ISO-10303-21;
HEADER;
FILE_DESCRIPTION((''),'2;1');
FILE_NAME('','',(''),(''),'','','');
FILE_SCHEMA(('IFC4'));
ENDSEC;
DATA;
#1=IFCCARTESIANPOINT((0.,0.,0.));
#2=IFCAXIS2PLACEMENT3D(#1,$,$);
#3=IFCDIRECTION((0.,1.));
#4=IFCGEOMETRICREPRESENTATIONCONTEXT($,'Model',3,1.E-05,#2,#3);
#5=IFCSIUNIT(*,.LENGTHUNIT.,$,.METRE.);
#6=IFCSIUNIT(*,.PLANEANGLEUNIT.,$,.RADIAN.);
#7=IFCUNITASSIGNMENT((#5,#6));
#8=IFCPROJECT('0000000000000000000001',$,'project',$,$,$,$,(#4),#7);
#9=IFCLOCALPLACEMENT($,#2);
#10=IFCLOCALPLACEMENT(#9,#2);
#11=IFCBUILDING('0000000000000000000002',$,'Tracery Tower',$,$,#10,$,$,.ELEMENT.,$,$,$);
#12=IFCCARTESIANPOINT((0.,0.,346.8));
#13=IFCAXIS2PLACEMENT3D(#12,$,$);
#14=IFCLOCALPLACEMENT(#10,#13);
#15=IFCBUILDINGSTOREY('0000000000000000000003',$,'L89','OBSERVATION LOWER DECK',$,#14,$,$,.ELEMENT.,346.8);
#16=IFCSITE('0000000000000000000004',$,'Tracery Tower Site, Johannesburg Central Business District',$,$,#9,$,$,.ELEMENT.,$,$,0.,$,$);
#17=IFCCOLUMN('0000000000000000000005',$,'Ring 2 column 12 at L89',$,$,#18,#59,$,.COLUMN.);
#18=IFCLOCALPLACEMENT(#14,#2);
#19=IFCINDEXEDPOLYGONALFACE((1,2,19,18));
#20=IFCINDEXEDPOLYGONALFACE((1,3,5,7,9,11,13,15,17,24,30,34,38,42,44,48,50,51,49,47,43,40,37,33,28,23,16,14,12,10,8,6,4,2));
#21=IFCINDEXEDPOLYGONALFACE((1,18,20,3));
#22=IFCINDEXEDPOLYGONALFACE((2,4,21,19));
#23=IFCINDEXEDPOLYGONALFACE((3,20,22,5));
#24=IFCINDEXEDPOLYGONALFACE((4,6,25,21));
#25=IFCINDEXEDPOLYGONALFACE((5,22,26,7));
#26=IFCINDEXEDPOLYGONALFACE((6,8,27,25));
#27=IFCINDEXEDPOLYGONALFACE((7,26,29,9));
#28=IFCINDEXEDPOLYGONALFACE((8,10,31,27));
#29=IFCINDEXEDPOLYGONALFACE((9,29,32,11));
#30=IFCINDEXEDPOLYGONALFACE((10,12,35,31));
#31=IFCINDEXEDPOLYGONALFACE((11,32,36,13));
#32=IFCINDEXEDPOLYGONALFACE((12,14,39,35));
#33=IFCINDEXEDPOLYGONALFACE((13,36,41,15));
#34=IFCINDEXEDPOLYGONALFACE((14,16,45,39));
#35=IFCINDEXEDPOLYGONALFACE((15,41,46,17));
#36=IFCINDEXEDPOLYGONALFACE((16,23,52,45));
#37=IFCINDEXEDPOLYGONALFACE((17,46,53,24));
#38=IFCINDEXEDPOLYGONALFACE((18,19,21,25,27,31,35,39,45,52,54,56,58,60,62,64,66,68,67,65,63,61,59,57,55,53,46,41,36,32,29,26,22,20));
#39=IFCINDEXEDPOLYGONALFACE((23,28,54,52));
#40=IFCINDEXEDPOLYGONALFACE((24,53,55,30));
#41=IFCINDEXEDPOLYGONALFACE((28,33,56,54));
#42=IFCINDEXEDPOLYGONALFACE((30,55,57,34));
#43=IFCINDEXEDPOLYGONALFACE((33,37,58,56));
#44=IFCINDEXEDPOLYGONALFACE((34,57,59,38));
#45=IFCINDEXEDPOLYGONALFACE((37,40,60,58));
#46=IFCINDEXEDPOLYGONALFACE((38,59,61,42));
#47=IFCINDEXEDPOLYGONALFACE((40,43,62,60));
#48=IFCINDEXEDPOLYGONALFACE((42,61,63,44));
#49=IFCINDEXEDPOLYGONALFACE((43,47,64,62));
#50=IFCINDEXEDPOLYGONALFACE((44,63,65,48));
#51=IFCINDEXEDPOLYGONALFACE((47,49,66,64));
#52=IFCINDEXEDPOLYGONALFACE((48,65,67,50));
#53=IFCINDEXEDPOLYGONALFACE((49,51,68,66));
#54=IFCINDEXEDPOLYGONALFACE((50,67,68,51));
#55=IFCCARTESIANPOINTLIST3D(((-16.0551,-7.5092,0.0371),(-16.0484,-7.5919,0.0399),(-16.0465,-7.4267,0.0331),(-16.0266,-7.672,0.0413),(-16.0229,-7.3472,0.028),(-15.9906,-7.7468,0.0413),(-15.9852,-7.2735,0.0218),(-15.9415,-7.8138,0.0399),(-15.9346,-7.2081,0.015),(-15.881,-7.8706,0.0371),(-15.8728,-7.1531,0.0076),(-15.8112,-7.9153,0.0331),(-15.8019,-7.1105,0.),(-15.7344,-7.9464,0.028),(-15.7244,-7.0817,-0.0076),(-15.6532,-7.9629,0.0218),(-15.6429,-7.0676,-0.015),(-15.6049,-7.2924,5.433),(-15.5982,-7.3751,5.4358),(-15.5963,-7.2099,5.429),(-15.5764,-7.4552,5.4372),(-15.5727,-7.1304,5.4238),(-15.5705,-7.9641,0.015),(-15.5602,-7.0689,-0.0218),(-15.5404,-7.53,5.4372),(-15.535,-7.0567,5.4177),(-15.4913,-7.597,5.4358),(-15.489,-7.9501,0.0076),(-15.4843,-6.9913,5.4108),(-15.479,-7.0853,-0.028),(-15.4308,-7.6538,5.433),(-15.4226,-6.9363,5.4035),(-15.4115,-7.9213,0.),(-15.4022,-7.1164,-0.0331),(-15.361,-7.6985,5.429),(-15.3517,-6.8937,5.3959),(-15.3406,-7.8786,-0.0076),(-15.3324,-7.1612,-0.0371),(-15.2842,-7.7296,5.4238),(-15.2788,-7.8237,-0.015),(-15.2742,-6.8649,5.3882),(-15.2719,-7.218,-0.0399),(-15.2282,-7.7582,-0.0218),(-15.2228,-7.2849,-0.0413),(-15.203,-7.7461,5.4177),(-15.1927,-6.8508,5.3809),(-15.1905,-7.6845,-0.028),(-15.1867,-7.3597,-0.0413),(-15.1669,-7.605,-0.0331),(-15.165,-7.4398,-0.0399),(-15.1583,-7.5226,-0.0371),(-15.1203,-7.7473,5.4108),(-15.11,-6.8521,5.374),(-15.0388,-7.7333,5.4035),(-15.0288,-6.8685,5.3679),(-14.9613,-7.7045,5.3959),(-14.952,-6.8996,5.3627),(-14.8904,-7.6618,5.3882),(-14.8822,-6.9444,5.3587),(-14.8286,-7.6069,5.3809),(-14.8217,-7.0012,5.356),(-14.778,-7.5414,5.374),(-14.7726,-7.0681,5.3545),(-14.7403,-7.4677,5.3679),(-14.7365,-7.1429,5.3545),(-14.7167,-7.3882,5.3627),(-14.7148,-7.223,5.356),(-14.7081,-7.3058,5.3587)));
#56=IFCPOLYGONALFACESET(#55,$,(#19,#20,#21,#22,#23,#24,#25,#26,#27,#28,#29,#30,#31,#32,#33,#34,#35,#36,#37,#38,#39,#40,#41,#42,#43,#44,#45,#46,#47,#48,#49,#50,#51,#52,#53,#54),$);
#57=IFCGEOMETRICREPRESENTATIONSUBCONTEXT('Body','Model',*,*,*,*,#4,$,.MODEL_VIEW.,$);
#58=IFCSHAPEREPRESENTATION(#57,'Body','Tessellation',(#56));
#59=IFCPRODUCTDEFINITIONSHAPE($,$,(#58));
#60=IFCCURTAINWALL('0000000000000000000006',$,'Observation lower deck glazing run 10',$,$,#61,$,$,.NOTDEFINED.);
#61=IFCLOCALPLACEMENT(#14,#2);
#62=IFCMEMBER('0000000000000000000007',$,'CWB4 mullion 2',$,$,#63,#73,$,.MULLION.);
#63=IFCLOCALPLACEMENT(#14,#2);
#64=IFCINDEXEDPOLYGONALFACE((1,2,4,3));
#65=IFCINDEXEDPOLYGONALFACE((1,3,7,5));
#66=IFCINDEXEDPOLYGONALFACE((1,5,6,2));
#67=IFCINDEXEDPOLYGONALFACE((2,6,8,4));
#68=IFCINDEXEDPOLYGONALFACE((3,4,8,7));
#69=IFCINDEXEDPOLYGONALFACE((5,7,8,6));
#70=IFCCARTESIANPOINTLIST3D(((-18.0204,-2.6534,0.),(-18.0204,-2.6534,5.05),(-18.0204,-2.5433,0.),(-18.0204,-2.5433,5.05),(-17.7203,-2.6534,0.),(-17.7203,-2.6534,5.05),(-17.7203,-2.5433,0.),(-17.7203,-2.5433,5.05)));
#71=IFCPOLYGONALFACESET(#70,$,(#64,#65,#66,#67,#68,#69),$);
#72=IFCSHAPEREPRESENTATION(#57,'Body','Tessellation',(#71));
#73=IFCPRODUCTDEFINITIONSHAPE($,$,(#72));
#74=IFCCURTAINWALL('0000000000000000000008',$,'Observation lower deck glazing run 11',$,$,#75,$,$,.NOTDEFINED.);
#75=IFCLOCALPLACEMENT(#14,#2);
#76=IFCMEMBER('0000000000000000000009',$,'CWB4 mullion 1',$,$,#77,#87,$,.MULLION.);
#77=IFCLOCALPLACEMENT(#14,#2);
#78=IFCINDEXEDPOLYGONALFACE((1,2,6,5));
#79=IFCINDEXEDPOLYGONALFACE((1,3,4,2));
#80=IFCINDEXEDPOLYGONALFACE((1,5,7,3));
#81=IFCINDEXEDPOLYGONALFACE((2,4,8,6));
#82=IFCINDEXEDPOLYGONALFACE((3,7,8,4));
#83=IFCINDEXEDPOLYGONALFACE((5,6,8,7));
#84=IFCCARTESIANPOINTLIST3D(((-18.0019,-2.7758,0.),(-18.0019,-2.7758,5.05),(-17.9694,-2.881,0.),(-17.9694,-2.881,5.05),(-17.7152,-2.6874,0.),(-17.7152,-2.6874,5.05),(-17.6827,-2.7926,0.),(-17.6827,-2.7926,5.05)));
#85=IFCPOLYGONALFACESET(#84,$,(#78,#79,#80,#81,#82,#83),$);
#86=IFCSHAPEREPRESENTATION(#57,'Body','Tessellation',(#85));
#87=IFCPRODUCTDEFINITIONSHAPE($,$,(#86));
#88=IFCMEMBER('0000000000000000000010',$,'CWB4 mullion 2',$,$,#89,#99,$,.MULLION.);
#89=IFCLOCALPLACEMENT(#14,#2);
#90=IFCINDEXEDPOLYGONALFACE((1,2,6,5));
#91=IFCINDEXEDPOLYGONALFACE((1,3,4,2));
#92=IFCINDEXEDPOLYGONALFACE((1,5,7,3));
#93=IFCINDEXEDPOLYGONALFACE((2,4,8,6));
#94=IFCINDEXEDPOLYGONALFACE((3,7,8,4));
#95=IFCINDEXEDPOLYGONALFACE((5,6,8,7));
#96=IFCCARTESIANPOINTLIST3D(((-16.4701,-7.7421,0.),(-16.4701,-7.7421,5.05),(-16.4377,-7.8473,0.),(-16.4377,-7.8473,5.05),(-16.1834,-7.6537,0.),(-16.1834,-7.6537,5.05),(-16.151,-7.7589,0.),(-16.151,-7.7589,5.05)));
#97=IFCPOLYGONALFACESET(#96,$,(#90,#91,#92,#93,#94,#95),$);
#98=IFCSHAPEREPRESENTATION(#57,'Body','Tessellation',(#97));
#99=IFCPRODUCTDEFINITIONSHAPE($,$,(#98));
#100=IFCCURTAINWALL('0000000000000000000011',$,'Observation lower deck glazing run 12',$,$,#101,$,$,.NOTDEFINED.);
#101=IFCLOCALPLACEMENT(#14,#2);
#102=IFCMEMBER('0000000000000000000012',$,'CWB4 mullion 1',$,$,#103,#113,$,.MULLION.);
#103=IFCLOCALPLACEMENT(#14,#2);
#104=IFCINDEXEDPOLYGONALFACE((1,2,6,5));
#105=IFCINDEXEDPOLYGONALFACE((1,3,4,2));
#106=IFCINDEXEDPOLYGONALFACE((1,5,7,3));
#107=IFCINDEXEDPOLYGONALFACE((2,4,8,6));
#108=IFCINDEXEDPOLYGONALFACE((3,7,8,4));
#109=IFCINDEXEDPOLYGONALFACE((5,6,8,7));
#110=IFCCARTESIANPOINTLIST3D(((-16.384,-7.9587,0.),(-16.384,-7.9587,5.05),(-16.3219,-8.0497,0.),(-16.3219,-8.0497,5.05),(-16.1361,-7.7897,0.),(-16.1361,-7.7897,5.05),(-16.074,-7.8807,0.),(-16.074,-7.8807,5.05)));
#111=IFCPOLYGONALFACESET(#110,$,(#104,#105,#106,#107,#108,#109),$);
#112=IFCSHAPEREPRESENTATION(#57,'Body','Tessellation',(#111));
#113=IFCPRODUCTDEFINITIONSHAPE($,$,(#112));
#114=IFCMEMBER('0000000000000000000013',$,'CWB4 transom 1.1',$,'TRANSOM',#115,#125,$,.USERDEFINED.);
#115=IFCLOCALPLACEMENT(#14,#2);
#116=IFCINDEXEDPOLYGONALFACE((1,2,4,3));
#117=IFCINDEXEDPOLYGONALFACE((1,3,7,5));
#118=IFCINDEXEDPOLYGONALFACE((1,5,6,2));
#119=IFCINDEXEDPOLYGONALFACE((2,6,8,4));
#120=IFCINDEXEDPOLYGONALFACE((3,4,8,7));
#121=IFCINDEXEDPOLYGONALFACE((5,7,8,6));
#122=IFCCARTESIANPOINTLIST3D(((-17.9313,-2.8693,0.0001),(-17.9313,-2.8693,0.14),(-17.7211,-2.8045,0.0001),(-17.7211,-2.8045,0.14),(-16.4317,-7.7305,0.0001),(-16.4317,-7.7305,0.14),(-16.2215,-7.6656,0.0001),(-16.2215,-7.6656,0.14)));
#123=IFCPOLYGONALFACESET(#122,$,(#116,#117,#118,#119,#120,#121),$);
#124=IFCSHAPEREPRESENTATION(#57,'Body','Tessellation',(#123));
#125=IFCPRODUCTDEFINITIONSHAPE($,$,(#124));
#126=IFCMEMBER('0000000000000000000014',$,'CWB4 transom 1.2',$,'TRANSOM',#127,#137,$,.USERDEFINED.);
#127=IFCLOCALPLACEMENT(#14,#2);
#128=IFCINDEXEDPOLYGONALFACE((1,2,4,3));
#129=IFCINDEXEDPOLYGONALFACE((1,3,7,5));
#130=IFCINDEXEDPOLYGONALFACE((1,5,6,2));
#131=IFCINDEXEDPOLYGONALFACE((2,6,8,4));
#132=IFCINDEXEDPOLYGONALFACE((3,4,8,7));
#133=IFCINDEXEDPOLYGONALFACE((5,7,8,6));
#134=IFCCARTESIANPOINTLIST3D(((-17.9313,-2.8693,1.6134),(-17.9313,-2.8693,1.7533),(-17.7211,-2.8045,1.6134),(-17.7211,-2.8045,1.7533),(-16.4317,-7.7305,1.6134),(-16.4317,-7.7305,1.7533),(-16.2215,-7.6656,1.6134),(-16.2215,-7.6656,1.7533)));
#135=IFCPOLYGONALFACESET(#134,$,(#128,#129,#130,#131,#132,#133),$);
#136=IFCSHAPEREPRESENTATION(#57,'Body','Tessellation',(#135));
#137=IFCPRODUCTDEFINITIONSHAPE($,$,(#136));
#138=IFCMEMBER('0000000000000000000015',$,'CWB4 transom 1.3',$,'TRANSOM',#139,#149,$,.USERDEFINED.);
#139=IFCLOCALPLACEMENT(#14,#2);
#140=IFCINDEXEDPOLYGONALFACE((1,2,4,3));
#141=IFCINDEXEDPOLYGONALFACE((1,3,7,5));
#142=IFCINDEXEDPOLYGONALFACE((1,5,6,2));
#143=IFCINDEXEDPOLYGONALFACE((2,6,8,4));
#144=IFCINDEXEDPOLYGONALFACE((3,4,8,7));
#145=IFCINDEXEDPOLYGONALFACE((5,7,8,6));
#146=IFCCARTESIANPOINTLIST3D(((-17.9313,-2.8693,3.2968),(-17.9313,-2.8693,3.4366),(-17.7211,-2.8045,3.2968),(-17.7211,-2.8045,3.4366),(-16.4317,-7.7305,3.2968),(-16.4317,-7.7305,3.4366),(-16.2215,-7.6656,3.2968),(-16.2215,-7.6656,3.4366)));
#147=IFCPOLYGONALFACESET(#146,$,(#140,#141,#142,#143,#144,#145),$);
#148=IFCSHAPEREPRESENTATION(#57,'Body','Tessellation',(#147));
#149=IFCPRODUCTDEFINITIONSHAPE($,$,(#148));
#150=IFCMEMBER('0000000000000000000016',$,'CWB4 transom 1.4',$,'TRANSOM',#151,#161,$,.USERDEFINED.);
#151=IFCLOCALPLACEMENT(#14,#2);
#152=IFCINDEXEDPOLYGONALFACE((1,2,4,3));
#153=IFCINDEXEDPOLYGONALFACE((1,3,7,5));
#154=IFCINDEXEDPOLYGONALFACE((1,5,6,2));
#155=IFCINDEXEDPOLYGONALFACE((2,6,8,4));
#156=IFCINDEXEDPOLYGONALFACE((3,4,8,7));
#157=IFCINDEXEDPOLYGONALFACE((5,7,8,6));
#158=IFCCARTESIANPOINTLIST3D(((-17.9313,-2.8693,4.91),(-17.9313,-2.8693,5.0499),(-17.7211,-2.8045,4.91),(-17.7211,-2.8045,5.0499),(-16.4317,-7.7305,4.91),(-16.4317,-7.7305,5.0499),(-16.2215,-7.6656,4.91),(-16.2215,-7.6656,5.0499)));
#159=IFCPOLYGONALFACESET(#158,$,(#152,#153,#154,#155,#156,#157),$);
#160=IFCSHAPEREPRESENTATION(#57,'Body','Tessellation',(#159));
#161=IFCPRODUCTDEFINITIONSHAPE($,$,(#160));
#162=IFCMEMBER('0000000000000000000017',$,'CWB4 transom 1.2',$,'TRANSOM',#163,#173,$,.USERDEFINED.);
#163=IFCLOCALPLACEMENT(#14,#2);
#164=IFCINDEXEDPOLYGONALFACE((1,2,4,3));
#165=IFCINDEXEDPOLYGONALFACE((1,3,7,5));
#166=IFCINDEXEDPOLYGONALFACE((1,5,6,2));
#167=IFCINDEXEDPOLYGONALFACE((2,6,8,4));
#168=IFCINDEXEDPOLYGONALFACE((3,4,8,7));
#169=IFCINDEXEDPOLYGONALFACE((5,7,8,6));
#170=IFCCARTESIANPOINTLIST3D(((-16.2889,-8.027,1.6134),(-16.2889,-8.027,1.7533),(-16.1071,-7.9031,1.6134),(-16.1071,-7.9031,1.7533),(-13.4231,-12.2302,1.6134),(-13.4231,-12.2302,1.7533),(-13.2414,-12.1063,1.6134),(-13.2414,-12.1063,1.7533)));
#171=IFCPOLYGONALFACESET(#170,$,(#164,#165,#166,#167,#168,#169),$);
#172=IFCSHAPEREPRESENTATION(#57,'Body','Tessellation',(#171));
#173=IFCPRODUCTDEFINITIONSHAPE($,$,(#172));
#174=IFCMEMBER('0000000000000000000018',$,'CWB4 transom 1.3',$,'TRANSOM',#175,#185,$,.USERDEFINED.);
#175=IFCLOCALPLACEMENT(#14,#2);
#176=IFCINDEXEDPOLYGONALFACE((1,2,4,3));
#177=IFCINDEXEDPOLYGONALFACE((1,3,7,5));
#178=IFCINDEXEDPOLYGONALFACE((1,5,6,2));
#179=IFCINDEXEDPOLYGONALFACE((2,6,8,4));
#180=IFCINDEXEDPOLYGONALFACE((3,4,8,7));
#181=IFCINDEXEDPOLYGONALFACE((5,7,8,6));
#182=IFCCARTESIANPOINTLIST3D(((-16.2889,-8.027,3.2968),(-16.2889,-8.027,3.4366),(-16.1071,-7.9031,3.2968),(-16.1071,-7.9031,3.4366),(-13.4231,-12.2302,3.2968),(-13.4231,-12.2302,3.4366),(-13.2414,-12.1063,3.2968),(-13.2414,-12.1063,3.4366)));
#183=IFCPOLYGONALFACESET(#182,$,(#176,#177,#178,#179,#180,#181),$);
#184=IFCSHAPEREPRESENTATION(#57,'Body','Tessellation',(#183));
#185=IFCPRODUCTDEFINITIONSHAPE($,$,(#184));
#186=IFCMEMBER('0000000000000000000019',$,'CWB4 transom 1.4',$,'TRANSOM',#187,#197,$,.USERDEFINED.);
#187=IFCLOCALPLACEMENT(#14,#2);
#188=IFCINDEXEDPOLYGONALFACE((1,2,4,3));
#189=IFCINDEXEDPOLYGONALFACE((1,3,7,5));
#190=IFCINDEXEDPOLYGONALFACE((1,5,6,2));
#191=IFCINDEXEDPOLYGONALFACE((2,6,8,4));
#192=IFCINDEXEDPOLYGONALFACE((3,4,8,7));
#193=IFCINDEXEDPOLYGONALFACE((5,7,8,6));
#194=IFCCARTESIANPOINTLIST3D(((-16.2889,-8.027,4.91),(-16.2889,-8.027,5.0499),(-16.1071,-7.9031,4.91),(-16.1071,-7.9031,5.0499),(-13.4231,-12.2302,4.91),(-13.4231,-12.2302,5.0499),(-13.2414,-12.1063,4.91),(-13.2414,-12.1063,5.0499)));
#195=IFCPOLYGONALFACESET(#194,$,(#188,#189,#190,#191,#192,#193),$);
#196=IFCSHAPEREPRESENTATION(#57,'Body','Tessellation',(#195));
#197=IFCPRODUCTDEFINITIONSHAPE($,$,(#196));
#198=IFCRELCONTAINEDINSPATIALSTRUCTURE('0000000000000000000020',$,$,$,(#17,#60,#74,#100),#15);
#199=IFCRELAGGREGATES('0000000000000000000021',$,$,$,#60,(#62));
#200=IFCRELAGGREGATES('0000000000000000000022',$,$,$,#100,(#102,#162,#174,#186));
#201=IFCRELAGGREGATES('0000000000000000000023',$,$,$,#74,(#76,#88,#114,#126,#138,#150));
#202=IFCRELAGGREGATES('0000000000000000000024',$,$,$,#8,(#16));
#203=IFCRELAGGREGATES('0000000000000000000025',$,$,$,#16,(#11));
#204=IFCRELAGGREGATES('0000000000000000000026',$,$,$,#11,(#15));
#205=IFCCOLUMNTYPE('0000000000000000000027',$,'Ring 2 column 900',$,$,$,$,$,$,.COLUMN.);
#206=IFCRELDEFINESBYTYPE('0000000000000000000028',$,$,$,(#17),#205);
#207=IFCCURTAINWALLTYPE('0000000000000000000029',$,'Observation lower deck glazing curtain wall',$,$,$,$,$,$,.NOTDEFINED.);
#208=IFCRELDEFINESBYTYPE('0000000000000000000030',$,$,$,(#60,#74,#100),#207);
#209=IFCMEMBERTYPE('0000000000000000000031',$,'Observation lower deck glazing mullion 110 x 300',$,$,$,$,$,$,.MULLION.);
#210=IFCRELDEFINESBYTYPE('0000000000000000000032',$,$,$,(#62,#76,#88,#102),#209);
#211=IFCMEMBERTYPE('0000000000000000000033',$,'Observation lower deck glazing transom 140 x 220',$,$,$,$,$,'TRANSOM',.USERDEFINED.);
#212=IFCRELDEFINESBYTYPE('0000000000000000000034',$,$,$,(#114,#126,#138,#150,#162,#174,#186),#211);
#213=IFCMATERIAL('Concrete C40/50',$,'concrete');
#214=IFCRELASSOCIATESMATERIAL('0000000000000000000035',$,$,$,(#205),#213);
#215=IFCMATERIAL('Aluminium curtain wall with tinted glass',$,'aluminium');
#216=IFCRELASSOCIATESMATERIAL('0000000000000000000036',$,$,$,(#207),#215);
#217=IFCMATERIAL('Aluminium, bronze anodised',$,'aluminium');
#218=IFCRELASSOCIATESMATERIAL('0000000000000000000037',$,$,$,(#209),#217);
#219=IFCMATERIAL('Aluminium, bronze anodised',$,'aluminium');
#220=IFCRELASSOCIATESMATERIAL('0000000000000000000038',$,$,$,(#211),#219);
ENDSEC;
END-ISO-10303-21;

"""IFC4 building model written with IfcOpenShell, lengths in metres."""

from ifc_helpers import new_model, si_unit, direction, frame, origin, origin_2d, place, context, subcontext, project, spatial, rectangle, circle, extrude, material, material_profile, profile_set, type_object, element, aggregate, save


model = new_model("IFC4")

# Units and contexts
model_context = context("Model", 3, precision=1e-05, world=origin(), true_north=direction((0.0, 1.0)))
body_context = subcontext(model_context, "Body", "Model", "MODEL_VIEW")
ifc_project = project(units=[si_unit("LENGTHUNIT", "METRE"), si_unit("PLANEANGLEUNIT", "RADIAN")], contexts=[model_context])

# Site, building, storey
site_placement = place(None, origin())
site = spatial("IfcSite", under=ifc_project, at=site_placement, Name="Tracery Tower Site, Johannesburg Central Business District", CompositionType="ELEMENT", RefElevation=0.0)
building_placement = place(site_placement, origin())
building = spatial("IfcBuilding", under=site, at=building_placement, Name="Tracery Tower", CompositionType="ELEMENT")
storey_placement = place(building_placement, frame((0.0, 0.0, 346.8)))
storey = spatial("IfcBuildingStorey", under=building, at=storey_placement, Name="L89", Description="OBSERVATION LOWER DECK", CompositionType="ELEMENT", Elevation=346.8)

# Column
ifc_material_1 = material(Name="Concrete C40/50", Category="concrete")
ifc_material_profile_1 = material_profile(ifc_material_1, circle(Radius=0.45, at=origin_2d()), Name="RC D900")
ifc_profile_set_1 = profile_set([ifc_material_profile_1], Name="Concrete C40/50")
column_type = type_object("IfcColumnType", Name="Ring 2 column 900", PredefinedType="COLUMN", material=ifc_profile_set_1)
column_placement = place(storey_placement, frame((-15.6067, -7.5159, 0.0), z_axis=(0.08308, 0.040008, 0.995739), x_axis=(-0.433874, 0.900973, 0.0)))
element("IfcColumn", 1, at=column_placement, inside=storey, type_object=column_type, Name="Ring 2 column 12 at L89", PredefinedType="COLUMN", context=body_context, shape_type="SweptSolid", body=[
    extrude(circle(Radius=0.45, at=origin_2d()), origin(), (0.0, 0.0, 1.0), 5.4189),
])

# Curtain wall, member
ifc_material_2 = material(Name="Aluminium curtain wall with tinted glass", Category="aluminium")
curtain_wall_type = type_object("IfcCurtainWallType", Name="Observation lower deck glazing curtain wall", PredefinedType="NOTDEFINED", material=ifc_material_2)
curtain_wall_1_placement = place(storey_placement, origin())
curtain_wall_1 = element("IfcCurtainWall", 2, at=curtain_wall_1_placement, inside=storey, type_object=curtain_wall_type, Name="Observation lower deck glazing run 10", PredefinedType="NOTDEFINED")
ifc_material_3 = material(Name="Aluminium, bronze anodised", Category="aluminium")
ifc_material_profile_2 = material_profile(ifc_material_3, rectangle(XDim=0.3, YDim=0.1101, at=origin_2d()), Name="Observation lower deck glazing mullion 110 x 300")
ifc_profile_set_2 = profile_set([ifc_material_profile_2], Name="Aluminium, bronze anodised")
member_type_1 = type_object("IfcMemberType", Name="Observation lower deck glazing mullion 110 x 300", PredefinedType="MULLION", material=ifc_profile_set_2)
member_1_placement = place(storey_placement, frame((-17.8704, -2.5984, 0.0), z_axis=(0.0, 0.0, 1.0), x_axis=(1.0, 0.0, 0.0)))
member_1 = element("IfcMember", 3, at=member_1_placement, type_object=member_type_1, Name="CWB4 mullion 2", PredefinedType="MULLION", context=body_context, shape_type="SweptSolid", body=[
    extrude(rectangle(XDim=0.3, YDim=0.1101, at=origin_2d()), origin(), (0.0, 0.0, 1.0), 5.05),
])
aggregate(curtain_wall_1, [member_1])

# Curtain wall, members
curtain_wall_2_placement = place(storey_placement, origin())
curtain_wall_2 = element("IfcCurtainWall", 4, at=curtain_wall_2_placement, inside=storey, type_object=curtain_wall_type, Name="Observation lower deck glazing run 11", PredefinedType="NOTDEFINED")
member_2_placement = place(storey_placement, frame((-17.8423, -2.7842, 0.0), z_axis=(0.0, 0.0, 1.0), x_axis=(0.955572, 0.294757, 0.0)))
member_2 = element("IfcMember", 5, at=member_2_placement, type_object=member_type_1, Name="CWB4 mullion 1", PredefinedType="MULLION", context=body_context, shape_type="SweptSolid", body=[
    extrude(rectangle(XDim=0.3, YDim=0.1101, at=origin_2d()), origin(), (0.0, 0.0, 1.0), 5.05),
])
member_3_placement = place(storey_placement, frame((-16.3105, -7.7505, 0.0), z_axis=(0.0, 0.0, 1.0), x_axis=(0.955572, 0.294757, 0.0)))
member_3 = element("IfcMember", 6, at=member_3_placement, type_object=member_type_1, Name="CWB4 mullion 2", PredefinedType="MULLION", context=body_context, shape_type="SweptSolid", body=[
    extrude(rectangle(XDim=0.3, YDim=0.1101, at=origin_2d()), origin(), (0.0, 0.0, 1.0), 5.05),
])

# Curtain wall, member
curtain_wall_3_placement = place(storey_placement, origin())
curtain_wall_3 = element("IfcCurtainWall", 7, at=curtain_wall_3_placement, inside=storey, type_object=curtain_wall_type, Name="Observation lower deck glazing run 12", PredefinedType="NOTDEFINED")
member_4_placement = place(storey_placement, frame((-16.229, -7.9197, 0.0), z_axis=(0.0, 0.0, 1.0), x_axis=(0.826237, 0.563323, 0.0)))
member_4 = element("IfcMember", 8, at=member_4_placement, type_object=member_type_1, Name="CWB4 mullion 1", PredefinedType="MULLION", context=body_context, shape_type="SweptSolid", body=[
    extrude(rectangle(XDim=0.3, YDim=0.1101, at=origin_2d()), origin(), (0.0, 0.0, 1.0), 5.05),
])

# Members
ifc_material_4 = material(Name="Aluminium, bronze anodised", Category="aluminium")
ifc_material_profile_3 = material_profile(ifc_material_4, rectangle(XDim=0.22, YDim=0.1399, at=origin_2d()), Name="Observation lower deck glazing transom 140 x 220")
ifc_profile_set_3 = profile_set([ifc_material_profile_3], Name="Aluminium, bronze anodised")
member_type_2 = type_object("IfcMemberType", Name="Observation lower deck glazing transom 140 x 220", ElementType="TRANSOM", PredefinedType="USERDEFINED", material=ifc_profile_set_3)
member_5_placement = place(storey_placement, frame((-17.8262, -2.8369, 0.0701), z_axis=(0.294767, -0.955569, 0.0), x_axis=(0.955569, 0.294767, 0.0)))
member_5 = element("IfcMember", 9, at=member_5_placement, type_object=member_type_2, Name="CWB4 transom 1.1", ObjectType="TRANSOM", PredefinedType="USERDEFINED", context=body_context, shape_type="SweptSolid", body=[
    extrude(rectangle(XDim=0.22, YDim=0.1399, at=origin_2d()), origin(), (0.0, 0.0, 1.0), 5.0872),
])
member_6_placement = place(storey_placement, frame((-17.8262, -2.8369, 1.6833), z_axis=(0.294767, -0.955569, 0.0), x_axis=(0.955569, 0.294767, 0.0)))
member_6 = element("IfcMember", 10, at=member_6_placement, type_object=member_type_2, Name="CWB4 transom 1.2", ObjectType="TRANSOM", PredefinedType="USERDEFINED", context=body_context, shape_type="SweptSolid", body=[
    extrude(rectangle(XDim=0.22, YDim=0.1399, at=origin_2d()), origin(), (0.0, 0.0, 1.0), 5.0872),
])
member_7_placement = place(storey_placement, frame((-17.8262, -2.8369, 3.3667), z_axis=(0.294767, -0.955569, 0.0), x_axis=(0.955569, 0.294767, 0.0)))
member_7 = element("IfcMember", 11, at=member_7_placement, type_object=member_type_2, Name="CWB4 transom 1.3", ObjectType="TRANSOM", PredefinedType="USERDEFINED", context=body_context, shape_type="SweptSolid", body=[
    extrude(rectangle(XDim=0.22, YDim=0.1399, at=origin_2d()), origin(), (0.0, 0.0, 1.0), 5.0872),
])
member_8_placement = place(storey_placement, frame((-17.8262, -2.8369, 4.98), z_axis=(0.294767, -0.955569, 0.0), x_axis=(0.955569, 0.294767, 0.0)))
member_8 = element("IfcMember", 12, at=member_8_placement, type_object=member_type_2, Name="CWB4 transom 1.4", ObjectType="TRANSOM", PredefinedType="USERDEFINED", context=body_context, shape_type="SweptSolid", body=[
    extrude(rectangle(XDim=0.22, YDim=0.1399, at=origin_2d()), origin(), (0.0, 0.0, 1.0), 5.0872),
])
member_9_placement = place(storey_placement, frame((-16.198, -7.9651, 1.6833), z_axis=(0.563331, -0.826231, 0.0), x_axis=(0.826231, 0.563331, 0.0)))
member_9 = element("IfcMember", 13, at=member_9_placement, type_object=member_type_2, Name="CWB4 transom 1.2", ObjectType="TRANSOM", PredefinedType="USERDEFINED", context=body_context, shape_type="SweptSolid", body=[
    extrude(rectangle(XDim=0.22, YDim=0.1399, at=origin_2d()), origin(), (0.0, 0.0, 1.0), 5.0872),
])
member_10_placement = place(storey_placement, frame((-16.198, -7.9651, 3.3667), z_axis=(0.563331, -0.826231, 0.0), x_axis=(0.826231, 0.563331, 0.0)))
member_10 = element("IfcMember", 14, at=member_10_placement, type_object=member_type_2, Name="CWB4 transom 1.3", ObjectType="TRANSOM", PredefinedType="USERDEFINED", context=body_context, shape_type="SweptSolid", body=[
    extrude(rectangle(XDim=0.22, YDim=0.1399, at=origin_2d()), origin(), (0.0, 0.0, 1.0), 5.0872),
])
member_11_placement = place(storey_placement, frame((-16.198, -7.9651, 4.98), z_axis=(0.563331, -0.826231, 0.0), x_axis=(0.826231, 0.563331, 0.0)))
member_11 = element("IfcMember", 15, at=member_11_placement, type_object=member_type_2, Name="CWB4 transom 1.4", ObjectType="TRANSOM", PredefinedType="USERDEFINED", context=body_context, shape_type="SweptSolid", body=[
    extrude(rectangle(XDim=0.22, YDim=0.1399, at=origin_2d()), origin(), (0.0, 0.0, 1.0), 5.0872),
])
aggregate(curtain_wall_3, [member_4, member_9, member_10, member_11])

aggregate(curtain_wall_2, [member_2, member_3, member_5, member_6, member_7, member_8])

save(model, "model.ifc")
